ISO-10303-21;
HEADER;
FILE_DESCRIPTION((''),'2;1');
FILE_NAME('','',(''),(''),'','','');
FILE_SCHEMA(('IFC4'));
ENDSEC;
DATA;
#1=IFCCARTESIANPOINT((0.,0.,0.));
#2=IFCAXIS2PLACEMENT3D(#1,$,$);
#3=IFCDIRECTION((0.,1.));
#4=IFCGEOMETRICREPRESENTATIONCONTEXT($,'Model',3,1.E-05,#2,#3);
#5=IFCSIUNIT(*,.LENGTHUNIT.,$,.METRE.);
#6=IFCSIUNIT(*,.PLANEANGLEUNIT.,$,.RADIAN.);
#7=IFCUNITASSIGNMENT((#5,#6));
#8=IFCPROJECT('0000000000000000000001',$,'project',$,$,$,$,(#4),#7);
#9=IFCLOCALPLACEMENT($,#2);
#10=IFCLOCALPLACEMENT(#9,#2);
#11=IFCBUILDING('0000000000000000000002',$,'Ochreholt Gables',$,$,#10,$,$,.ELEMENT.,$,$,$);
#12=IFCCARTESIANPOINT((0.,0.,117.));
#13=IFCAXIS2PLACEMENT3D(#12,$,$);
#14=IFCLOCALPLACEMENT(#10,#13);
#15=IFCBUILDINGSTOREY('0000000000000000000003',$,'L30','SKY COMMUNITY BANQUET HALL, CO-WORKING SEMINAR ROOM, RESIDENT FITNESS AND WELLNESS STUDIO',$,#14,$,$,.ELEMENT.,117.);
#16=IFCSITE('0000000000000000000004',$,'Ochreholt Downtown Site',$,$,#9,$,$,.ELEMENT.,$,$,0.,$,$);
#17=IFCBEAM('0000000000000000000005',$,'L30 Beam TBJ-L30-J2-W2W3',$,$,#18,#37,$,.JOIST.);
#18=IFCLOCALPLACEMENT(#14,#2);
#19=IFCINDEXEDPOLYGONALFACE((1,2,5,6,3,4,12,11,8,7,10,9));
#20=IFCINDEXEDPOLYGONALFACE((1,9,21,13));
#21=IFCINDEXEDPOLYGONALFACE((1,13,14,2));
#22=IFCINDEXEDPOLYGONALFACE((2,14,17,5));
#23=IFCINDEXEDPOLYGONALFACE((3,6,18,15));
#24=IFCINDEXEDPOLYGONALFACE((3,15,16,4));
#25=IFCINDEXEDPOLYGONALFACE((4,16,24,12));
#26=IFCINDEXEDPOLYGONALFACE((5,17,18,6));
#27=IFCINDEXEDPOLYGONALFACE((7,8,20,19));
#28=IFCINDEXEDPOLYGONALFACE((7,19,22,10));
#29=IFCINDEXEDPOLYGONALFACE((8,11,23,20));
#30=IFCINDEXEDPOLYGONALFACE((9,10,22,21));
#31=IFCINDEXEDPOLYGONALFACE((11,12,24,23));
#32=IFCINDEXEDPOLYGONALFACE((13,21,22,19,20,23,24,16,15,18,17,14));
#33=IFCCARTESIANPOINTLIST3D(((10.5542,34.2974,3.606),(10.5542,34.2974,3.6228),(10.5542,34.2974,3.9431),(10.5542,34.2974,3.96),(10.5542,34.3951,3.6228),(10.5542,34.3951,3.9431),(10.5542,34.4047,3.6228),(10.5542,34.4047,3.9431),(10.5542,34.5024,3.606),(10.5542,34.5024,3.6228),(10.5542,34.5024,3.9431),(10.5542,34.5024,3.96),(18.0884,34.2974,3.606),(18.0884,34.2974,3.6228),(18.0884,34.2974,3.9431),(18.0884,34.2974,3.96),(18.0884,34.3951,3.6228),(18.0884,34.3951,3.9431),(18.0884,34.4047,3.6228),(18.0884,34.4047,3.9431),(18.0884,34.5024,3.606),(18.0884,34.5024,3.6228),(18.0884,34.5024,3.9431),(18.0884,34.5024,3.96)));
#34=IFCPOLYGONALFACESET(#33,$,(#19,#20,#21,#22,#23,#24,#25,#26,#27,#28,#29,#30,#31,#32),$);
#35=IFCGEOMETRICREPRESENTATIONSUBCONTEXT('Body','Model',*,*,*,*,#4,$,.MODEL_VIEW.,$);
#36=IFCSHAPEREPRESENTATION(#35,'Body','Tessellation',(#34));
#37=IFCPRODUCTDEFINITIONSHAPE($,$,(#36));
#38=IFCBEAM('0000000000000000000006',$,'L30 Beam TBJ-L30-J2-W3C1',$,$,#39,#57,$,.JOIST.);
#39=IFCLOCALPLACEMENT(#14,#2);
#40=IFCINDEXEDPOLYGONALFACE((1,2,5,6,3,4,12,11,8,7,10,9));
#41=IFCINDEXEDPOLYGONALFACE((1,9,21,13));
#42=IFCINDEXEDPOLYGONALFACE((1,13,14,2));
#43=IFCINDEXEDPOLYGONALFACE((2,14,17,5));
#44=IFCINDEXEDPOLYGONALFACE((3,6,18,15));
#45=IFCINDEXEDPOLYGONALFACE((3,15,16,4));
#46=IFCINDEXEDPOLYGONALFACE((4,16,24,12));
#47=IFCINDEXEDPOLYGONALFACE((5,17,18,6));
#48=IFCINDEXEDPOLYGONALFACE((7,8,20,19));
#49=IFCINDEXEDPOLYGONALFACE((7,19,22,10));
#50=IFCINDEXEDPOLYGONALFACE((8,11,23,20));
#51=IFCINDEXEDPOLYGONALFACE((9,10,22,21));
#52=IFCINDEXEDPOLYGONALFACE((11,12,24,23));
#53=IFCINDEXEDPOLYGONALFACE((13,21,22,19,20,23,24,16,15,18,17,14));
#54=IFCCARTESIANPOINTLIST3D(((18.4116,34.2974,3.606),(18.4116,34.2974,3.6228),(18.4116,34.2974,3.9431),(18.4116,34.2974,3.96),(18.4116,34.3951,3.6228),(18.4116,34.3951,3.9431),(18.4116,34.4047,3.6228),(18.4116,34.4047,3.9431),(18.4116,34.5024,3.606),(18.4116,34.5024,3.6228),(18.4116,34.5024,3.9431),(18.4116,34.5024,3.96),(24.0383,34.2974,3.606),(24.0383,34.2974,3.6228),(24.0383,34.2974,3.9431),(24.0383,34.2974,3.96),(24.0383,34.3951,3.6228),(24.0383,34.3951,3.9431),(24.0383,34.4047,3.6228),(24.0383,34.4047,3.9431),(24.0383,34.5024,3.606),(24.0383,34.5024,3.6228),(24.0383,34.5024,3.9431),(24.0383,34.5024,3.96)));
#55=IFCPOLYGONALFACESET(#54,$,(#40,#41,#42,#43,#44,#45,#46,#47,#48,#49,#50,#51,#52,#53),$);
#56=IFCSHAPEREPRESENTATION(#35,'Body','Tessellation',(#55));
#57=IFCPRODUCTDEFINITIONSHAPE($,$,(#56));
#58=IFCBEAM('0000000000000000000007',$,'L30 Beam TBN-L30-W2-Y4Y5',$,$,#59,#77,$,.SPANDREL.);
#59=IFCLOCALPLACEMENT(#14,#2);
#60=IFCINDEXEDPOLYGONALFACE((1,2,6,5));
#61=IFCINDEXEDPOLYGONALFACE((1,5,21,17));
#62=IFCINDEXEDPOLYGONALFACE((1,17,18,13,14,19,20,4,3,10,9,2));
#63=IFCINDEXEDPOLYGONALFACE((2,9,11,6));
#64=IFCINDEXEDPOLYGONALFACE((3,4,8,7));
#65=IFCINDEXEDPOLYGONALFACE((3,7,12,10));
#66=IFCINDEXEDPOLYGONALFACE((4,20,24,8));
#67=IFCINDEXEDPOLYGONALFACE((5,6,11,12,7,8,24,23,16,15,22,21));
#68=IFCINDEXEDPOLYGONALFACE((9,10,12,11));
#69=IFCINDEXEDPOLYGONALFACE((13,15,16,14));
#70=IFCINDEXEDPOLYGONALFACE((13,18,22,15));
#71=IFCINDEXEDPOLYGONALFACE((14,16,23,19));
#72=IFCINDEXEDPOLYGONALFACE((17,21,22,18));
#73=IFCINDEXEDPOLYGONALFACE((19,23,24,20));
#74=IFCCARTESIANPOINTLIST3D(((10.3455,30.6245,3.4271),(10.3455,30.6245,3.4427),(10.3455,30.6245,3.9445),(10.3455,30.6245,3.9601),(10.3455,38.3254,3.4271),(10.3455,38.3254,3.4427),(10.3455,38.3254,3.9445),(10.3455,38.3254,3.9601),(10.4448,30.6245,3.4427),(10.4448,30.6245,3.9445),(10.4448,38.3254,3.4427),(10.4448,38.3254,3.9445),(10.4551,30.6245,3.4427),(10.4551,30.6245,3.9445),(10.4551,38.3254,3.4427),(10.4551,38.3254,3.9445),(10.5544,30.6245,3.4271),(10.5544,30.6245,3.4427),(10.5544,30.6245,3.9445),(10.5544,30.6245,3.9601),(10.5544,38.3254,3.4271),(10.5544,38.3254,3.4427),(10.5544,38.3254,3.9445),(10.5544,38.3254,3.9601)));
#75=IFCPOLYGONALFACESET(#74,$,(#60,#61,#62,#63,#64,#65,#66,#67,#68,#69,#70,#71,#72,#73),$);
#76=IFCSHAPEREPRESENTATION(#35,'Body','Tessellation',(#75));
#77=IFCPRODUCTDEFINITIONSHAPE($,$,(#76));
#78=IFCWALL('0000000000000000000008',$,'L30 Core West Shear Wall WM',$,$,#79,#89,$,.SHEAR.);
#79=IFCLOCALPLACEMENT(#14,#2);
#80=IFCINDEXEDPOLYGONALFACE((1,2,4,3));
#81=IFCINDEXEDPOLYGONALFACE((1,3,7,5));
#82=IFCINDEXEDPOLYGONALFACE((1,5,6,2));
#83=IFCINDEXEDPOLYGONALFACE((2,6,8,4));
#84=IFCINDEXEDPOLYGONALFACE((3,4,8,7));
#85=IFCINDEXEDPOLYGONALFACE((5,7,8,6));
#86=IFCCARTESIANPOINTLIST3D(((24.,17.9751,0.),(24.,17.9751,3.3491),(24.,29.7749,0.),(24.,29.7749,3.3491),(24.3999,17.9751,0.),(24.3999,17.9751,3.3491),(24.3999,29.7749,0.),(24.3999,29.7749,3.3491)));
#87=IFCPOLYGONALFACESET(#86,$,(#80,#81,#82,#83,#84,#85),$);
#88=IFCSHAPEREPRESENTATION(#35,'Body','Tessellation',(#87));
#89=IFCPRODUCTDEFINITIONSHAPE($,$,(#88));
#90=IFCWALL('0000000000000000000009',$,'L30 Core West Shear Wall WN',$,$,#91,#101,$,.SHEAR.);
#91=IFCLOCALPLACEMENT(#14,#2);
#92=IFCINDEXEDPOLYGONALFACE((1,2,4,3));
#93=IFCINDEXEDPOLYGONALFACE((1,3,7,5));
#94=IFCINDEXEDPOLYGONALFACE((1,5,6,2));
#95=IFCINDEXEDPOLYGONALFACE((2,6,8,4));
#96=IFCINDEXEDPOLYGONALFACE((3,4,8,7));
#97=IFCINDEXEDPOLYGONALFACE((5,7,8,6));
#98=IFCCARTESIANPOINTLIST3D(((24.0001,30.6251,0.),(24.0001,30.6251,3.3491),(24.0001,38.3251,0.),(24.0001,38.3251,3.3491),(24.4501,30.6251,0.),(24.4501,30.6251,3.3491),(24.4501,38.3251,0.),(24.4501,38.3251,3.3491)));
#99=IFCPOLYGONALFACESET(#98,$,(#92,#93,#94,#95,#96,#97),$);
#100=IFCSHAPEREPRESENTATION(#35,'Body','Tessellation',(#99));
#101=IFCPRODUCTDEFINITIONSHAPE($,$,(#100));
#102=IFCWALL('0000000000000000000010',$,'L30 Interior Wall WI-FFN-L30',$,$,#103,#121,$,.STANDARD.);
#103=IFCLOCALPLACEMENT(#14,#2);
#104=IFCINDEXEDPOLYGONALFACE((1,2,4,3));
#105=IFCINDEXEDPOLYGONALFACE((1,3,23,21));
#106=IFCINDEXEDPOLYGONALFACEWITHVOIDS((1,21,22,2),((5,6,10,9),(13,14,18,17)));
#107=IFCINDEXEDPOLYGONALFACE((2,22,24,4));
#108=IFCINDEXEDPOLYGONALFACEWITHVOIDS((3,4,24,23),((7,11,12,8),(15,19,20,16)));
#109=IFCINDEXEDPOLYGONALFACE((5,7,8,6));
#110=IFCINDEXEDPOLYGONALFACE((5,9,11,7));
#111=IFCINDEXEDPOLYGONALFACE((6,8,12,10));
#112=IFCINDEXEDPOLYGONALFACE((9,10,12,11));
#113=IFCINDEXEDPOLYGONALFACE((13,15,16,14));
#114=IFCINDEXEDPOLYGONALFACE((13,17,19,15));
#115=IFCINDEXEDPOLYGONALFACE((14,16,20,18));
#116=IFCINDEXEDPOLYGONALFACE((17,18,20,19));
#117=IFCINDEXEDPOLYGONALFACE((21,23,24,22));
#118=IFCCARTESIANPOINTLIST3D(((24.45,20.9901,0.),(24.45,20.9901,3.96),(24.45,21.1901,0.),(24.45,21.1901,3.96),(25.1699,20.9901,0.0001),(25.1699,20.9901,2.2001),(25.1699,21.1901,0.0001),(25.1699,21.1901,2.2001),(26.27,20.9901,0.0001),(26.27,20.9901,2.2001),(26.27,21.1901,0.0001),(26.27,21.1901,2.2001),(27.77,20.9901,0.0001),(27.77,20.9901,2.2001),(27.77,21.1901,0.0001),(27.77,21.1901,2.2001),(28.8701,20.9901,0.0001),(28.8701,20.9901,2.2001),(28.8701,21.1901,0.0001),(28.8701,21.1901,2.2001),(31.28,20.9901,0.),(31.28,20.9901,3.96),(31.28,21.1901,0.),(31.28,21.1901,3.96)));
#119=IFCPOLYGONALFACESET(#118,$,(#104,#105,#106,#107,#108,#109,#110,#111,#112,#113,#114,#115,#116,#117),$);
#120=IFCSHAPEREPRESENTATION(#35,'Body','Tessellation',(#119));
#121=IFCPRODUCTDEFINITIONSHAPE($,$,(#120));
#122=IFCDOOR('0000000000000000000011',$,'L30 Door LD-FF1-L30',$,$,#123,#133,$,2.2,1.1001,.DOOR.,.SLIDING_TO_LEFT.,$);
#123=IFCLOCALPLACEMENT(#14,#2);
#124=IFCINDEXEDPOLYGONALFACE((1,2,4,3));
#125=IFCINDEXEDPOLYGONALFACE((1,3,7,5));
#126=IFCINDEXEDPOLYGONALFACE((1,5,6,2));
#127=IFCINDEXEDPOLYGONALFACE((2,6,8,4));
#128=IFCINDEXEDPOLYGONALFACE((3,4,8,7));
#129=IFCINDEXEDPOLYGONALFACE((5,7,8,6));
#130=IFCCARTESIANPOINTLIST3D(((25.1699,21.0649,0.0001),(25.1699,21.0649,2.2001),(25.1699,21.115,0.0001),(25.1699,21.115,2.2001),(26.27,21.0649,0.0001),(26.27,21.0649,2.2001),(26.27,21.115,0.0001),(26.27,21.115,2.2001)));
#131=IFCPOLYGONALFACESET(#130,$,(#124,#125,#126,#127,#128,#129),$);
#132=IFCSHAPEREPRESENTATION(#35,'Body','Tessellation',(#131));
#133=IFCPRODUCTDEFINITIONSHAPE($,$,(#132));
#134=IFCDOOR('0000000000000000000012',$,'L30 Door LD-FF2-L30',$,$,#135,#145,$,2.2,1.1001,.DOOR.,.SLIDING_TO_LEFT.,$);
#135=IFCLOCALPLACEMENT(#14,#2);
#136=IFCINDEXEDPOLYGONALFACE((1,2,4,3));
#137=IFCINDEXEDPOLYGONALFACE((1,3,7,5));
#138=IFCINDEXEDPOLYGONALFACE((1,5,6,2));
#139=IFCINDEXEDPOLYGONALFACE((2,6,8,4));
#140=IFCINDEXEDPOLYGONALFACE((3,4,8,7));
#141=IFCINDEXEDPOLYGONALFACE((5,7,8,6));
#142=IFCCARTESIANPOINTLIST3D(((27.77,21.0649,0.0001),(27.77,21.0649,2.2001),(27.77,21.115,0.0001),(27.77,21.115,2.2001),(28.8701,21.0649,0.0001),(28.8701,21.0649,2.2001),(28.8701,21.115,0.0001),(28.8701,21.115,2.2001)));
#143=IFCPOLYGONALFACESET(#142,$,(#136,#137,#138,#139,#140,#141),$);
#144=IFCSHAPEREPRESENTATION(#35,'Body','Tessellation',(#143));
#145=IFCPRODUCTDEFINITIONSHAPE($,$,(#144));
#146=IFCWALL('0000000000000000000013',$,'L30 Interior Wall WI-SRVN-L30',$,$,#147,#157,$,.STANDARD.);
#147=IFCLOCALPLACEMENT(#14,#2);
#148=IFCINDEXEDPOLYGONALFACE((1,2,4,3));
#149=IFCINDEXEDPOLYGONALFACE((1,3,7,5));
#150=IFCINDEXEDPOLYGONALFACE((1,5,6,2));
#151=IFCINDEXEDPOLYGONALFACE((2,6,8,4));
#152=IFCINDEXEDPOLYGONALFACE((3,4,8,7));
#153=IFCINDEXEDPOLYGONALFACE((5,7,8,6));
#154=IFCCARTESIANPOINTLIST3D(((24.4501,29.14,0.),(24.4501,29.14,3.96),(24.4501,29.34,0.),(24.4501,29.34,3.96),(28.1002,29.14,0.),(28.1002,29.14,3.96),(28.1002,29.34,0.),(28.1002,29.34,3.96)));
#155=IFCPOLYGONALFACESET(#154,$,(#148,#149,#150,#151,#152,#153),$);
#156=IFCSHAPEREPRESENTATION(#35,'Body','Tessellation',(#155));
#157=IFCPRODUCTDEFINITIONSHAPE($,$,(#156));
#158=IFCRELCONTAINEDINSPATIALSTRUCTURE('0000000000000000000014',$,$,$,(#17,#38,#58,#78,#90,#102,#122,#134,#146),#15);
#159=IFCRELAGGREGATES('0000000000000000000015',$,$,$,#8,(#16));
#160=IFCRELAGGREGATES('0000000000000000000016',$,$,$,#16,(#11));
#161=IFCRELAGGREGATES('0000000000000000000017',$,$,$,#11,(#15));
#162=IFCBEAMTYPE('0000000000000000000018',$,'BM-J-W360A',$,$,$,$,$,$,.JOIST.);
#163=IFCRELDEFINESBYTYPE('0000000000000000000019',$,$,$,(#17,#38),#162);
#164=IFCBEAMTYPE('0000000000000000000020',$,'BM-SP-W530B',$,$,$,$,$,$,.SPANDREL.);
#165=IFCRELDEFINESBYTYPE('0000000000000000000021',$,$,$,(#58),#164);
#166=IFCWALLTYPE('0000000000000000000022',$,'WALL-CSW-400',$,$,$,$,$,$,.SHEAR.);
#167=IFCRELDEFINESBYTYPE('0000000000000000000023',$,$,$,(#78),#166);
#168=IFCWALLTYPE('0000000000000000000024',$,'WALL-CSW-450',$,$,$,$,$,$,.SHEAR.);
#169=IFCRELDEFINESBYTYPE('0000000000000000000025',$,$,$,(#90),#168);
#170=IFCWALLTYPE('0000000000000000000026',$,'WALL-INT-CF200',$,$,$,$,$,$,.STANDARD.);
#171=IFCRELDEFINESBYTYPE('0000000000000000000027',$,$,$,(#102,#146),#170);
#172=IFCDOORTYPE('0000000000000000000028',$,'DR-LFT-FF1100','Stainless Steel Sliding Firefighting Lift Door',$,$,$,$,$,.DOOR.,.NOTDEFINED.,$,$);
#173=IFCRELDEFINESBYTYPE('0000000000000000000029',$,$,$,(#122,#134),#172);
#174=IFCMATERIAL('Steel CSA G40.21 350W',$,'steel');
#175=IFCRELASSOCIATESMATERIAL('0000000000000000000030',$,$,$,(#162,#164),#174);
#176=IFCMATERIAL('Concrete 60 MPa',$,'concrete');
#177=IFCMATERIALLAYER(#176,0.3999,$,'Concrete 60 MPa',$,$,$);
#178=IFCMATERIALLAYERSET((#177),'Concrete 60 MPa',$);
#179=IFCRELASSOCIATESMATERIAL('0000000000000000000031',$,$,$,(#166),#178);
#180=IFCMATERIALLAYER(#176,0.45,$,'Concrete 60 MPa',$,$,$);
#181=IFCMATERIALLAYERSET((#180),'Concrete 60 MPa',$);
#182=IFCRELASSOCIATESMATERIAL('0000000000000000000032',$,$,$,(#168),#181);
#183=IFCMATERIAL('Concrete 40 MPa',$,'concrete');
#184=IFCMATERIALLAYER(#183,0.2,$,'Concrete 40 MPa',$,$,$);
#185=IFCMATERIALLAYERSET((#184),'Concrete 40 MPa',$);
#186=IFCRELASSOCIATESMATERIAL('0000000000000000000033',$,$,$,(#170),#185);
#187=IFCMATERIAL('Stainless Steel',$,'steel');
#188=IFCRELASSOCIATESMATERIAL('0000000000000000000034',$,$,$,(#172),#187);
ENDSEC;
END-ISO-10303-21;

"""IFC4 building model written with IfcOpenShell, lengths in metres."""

from ifc_helpers import new_model, si_unit, direction, frame, frame_2d, origin, origin_2d, place, context, subcontext, project, spatial, rectangle, i_section, extrude, material, layer, layer_set, material_profile, profile_set, type_object, element, fill, save


model = new_model("IFC4")

# Units and contexts
model_context = context("Model", 3, precision=1e-05, world=origin(), true_north=direction((0.0, 1.0)))
body_context = subcontext(model_context, "Body", "Model", "MODEL_VIEW")
ifc_project = project(units=[si_unit("LENGTHUNIT", "METRE"), si_unit("PLANEANGLEUNIT", "RADIAN")], contexts=[model_context])

# Site, building, storey
site_placement = place(None, origin())
site = spatial("IfcSite", under=ifc_project, at=site_placement, Name="Ochreholt Downtown Site", CompositionType="ELEMENT", RefElevation=0.0)
building_placement = place(site_placement, origin())
building = spatial("IfcBuilding", under=site, at=building_placement, Name="Ochreholt Gables", CompositionType="ELEMENT")
storey_placement = place(building_placement, frame((0.0, 0.0, 117.0)))
storey = spatial("IfcBuildingStorey", under=building, at=storey_placement, Name="L30", Description="SKY COMMUNITY BANQUET HALL, CO-WORKING SEMINAR ROOM, RESIDENT FITNESS AND WELLNESS STUDIO", CompositionType="ELEMENT", Elevation=117.0)

# Shared definitions
ifc_material_1 = material(Name="Concrete 60 MPa", Category="concrete")

# Beams
ifc_material_2 = material(Name="Steel CSA G40.21 350W", Category="steel")
ifc_material_profile_1 = material_profile(ifc_material_2, i_section(OverallWidth=0.2051, OverallDepth=0.354, WebThickness=0.0095, FlangeThickness=0.0168, at=origin_2d()), Name="W360X79")
ifc_profile_set_1 = profile_set([ifc_material_profile_1], Name="Steel CSA G40.21 350W")
beam_type_1 = type_object("IfcBeamType", Name="BM-J-W360A", PredefinedType="JOIST", material=ifc_profile_set_1)
beam_1_placement = place(storey_placement, frame((10.5542, 34.3999, 3.783), z_axis=(1.0, 0.0, 0.0), x_axis=(0.0, 1.0, 0.0)))
element("IfcBeam", 1, at=beam_1_placement, inside=storey, type_object=beam_type_1, Name="L30 Beam TBJ-L30-J2-W2W3", PredefinedType="JOIST", context=body_context, shape_type="SweptSolid", body=[
    extrude(i_section(OverallWidth=0.2051, OverallDepth=0.354, WebThickness=0.0095, FlangeThickness=0.0168, at=origin_2d()), origin(), (0.0, 0.0, 1.0), 7.5342),
])
beam_2_placement = place(storey_placement, frame((18.4116, 34.3999, 3.783), z_axis=(1.0, 0.0, 0.0), x_axis=(0.0, 1.0, 0.0)))
element("IfcBeam", 2, at=beam_2_placement, inside=storey, type_object=beam_type_1, Name="L30 Beam TBJ-L30-J2-W3C1", PredefinedType="JOIST", context=body_context, shape_type="SweptSolid", body=[
    extrude(i_section(OverallWidth=0.2051, OverallDepth=0.354, WebThickness=0.0095, FlangeThickness=0.0168, at=origin_2d()), origin(), (0.0, 0.0, 1.0), 5.6267),
])
ifc_material_profile_2 = material_profile(ifc_material_2, i_section(OverallWidth=0.209, OverallDepth=0.533, WebThickness=0.0103, FlangeThickness=0.0156, at=origin_2d()), Name="W530X92")
ifc_profile_set_2 = profile_set([ifc_material_profile_2], Name="Steel CSA G40.21 350W")
beam_type_2 = type_object("IfcBeamType", Name="BM-SP-W530B", PredefinedType="SPANDREL", material=ifc_profile_set_2)
beam_3_placement = place(storey_placement, frame((10.45, 30.6245, 3.6936), z_axis=(0.0, 1.0, 0.0), x_axis=(-1.0, 0.0, 0.0)))
element("IfcBeam", 3, at=beam_3_placement, inside=storey, type_object=beam_type_2, Name="L30 Beam TBN-L30-W2-Y4Y5", PredefinedType="SPANDREL", context=body_context, shape_type="SweptSolid", body=[
    extrude(i_section(OverallWidth=0.209, OverallDepth=0.533, WebThickness=0.0103, FlangeThickness=0.0156, at=origin_2d()), origin(), (0.0, 0.0, 1.0), 7.7009),
])

# Walls
ifc_layer_1 = layer(ifc_material_1, 0.3999, Name="Concrete 60 MPa")
ifc_layer_set_1 = layer_set([ifc_layer_1], Name="Concrete 60 MPa")
wall_type_1 = type_object("IfcWallType", Name="WALL-CSW-400", PredefinedType="SHEAR", material=ifc_layer_set_1)
wall_1_placement = place(storey_placement, frame((24.2, 17.9751, 0.0), z_axis=(0.0, 0.0, 1.0), x_axis=(0.0, 1.0, 0.0)))
element("IfcWall", 4, at=wall_1_placement, inside=storey, type_object=wall_type_1, Name="L30 Core West Shear Wall WM", PredefinedType="SHEAR", context=body_context, shape_type="SweptSolid", body=[
    extrude(rectangle(XDim=11.7998, YDim=0.3999, at=frame_2d((5.8999, 0.0))), origin(), (0.0, 0.0, 1.0), 3.3491),
])
ifc_layer_2 = layer(ifc_material_1, 0.45, Name="Concrete 60 MPa")
ifc_layer_set_2 = layer_set([ifc_layer_2], Name="Concrete 60 MPa")
wall_type_2 = type_object("IfcWallType", Name="WALL-CSW-450", PredefinedType="SHEAR", material=ifc_layer_set_2)
wall_2_placement = place(storey_placement, frame((24.2251, 30.625, 0.0), z_axis=(0.0, 0.0, 1.0), x_axis=(0.0, 1.0, 0.0)))
element("IfcWall", 5, at=wall_2_placement, inside=storey, type_object=wall_type_2, Name="L30 Core West Shear Wall WN", PredefinedType="SHEAR", context=body_context, shape_type="SweptSolid", body=[
    extrude(rectangle(XDim=7.7, YDim=0.45, at=frame_2d((3.8501, 0.0))), origin(), (0.0, 0.0, 1.0), 3.3491),
])

# Wall, openings, doors
ifc_material_3 = material(Name="Concrete 40 MPa", Category="concrete")
ifc_layer_3 = layer(ifc_material_3, 0.2, Name="Concrete 40 MPa")
ifc_layer_set_3 = layer_set([ifc_layer_3], Name="Concrete 40 MPa")
wall_type_3 = type_object("IfcWallType", Name="WALL-INT-CF200", PredefinedType="STANDARD", material=ifc_layer_set_3)
wall_3_placement = place(storey_placement, frame((24.45, 21.0901, 0.0), z_axis=(0.0, 0.0, 1.0), x_axis=(1.0, 0.0, 0.0)))
wall_3 = element("IfcWall", 6, at=wall_3_placement, inside=storey, type_object=wall_type_3, Name="L30 Interior Wall WI-FFN-L30", PredefinedType="STANDARD", context=body_context, shape_type="SweptSolid", body=[
    extrude(rectangle(XDim=6.8301, YDim=0.2, at=frame_2d((3.415, 0.0))), origin(), (0.0, 0.0, 1.0), 3.96),
])
opening_1_placement = place(wall_3_placement, frame((0.72, 0.0, 0.0)))
opening_1 = element("IfcOpeningElement", 7, at=opening_1_placement, cuts=wall_3, PredefinedType="OPENING", context=body_context, shape_type="SweptSolid", body=[
    extrude(rectangle(XDim=1.1001, YDim=2.2, at=frame_2d((0.55, 1.1001))), frame((0.0, 0.1099, 0.0), z_axis=(0.0, -1.0, 0.0), x_axis=(1.0, 0.0, 0.0)), (0.0, 0.0, 1.0), 0.22),
])
opening_2_placement = place(wall_3_placement, frame((3.3201, 0.0, 0.0)))
opening_2 = element("IfcOpeningElement", 8, at=opening_2_placement, cuts=wall_3, PredefinedType="OPENING", context=body_context, shape_type="SweptSolid", body=[
    extrude(rectangle(XDim=1.1001, YDim=2.2, at=frame_2d((0.55, 1.1001))), frame((0.0, 0.1099, 0.0), z_axis=(0.0, -1.0, 0.0), x_axis=(1.0, 0.0, 0.0)), (0.0, 0.0, 1.0), 0.22),
])
ifc_material_4 = material(Name="Stainless Steel", Category="steel")
door_type_1 = type_object("IfcDoorType", Name="DR-LFT-FF1100", Description="Stainless Steel Sliding Firefighting Lift Door", OperationType="NOTDEFINED", PredefinedType="DOOR", material=ifc_material_4)
door_1_placement = place(opening_1_placement, origin())
door_1 = element("IfcDoor", 9, at=door_1_placement, inside=storey, type_object=door_type_1, Name="L30 Door LD-FF1-L30", OperationType="SLIDING_TO_LEFT", OverallHeight=2.2, OverallWidth=1.1001, PredefinedType="DOOR", context=body_context, shape_type="SweptSolid", body=[
    extrude(rectangle(XDim=1.1001, YDim=2.2, at=frame_2d((0.55, 1.1001))), frame((0.0, 0.0249, 0.0), z_axis=(0.0, -1.0, 0.0), x_axis=(1.0, 0.0, 0.0)), (0.0, 0.0, 1.0), 0.05),
])
fill(opening_1, door_1)
door_2_placement = place(opening_2_placement, origin())
door_2 = element("IfcDoor", 10, at=door_2_placement, inside=storey, type_object=door_type_1, Name="L30 Door LD-FF2-L30", OperationType="SLIDING_TO_LEFT", OverallHeight=2.2, OverallWidth=1.1001, PredefinedType="DOOR", context=body_context, shape_type="SweptSolid", body=[
    extrude(rectangle(XDim=1.1001, YDim=2.2, at=frame_2d((0.55, 1.1001))), frame((0.0, 0.0249, 0.0), z_axis=(0.0, -1.0, 0.0), x_axis=(1.0, 0.0, 0.0)), (0.0, 0.0, 1.0), 0.05),
])
fill(opening_2, door_2)

# Wall
wall_4_placement = place(storey_placement, frame((24.45, 29.24, 0.0), z_axis=(0.0, 0.0, 1.0), x_axis=(1.0, 0.0, 0.0)))
element("IfcWall", 11, at=wall_4_placement, inside=storey, type_object=wall_type_3, Name="L30 Interior Wall WI-SRVN-L30", PredefinedType="STANDARD", context=body_context, shape_type="SweptSolid", body=[
    extrude(rectangle(XDim=3.6501, YDim=0.2, at=frame_2d((1.8252, 0.0))), origin(), (0.0, 0.0, 1.0), 3.96),
])

save(model, "model.ifc")
